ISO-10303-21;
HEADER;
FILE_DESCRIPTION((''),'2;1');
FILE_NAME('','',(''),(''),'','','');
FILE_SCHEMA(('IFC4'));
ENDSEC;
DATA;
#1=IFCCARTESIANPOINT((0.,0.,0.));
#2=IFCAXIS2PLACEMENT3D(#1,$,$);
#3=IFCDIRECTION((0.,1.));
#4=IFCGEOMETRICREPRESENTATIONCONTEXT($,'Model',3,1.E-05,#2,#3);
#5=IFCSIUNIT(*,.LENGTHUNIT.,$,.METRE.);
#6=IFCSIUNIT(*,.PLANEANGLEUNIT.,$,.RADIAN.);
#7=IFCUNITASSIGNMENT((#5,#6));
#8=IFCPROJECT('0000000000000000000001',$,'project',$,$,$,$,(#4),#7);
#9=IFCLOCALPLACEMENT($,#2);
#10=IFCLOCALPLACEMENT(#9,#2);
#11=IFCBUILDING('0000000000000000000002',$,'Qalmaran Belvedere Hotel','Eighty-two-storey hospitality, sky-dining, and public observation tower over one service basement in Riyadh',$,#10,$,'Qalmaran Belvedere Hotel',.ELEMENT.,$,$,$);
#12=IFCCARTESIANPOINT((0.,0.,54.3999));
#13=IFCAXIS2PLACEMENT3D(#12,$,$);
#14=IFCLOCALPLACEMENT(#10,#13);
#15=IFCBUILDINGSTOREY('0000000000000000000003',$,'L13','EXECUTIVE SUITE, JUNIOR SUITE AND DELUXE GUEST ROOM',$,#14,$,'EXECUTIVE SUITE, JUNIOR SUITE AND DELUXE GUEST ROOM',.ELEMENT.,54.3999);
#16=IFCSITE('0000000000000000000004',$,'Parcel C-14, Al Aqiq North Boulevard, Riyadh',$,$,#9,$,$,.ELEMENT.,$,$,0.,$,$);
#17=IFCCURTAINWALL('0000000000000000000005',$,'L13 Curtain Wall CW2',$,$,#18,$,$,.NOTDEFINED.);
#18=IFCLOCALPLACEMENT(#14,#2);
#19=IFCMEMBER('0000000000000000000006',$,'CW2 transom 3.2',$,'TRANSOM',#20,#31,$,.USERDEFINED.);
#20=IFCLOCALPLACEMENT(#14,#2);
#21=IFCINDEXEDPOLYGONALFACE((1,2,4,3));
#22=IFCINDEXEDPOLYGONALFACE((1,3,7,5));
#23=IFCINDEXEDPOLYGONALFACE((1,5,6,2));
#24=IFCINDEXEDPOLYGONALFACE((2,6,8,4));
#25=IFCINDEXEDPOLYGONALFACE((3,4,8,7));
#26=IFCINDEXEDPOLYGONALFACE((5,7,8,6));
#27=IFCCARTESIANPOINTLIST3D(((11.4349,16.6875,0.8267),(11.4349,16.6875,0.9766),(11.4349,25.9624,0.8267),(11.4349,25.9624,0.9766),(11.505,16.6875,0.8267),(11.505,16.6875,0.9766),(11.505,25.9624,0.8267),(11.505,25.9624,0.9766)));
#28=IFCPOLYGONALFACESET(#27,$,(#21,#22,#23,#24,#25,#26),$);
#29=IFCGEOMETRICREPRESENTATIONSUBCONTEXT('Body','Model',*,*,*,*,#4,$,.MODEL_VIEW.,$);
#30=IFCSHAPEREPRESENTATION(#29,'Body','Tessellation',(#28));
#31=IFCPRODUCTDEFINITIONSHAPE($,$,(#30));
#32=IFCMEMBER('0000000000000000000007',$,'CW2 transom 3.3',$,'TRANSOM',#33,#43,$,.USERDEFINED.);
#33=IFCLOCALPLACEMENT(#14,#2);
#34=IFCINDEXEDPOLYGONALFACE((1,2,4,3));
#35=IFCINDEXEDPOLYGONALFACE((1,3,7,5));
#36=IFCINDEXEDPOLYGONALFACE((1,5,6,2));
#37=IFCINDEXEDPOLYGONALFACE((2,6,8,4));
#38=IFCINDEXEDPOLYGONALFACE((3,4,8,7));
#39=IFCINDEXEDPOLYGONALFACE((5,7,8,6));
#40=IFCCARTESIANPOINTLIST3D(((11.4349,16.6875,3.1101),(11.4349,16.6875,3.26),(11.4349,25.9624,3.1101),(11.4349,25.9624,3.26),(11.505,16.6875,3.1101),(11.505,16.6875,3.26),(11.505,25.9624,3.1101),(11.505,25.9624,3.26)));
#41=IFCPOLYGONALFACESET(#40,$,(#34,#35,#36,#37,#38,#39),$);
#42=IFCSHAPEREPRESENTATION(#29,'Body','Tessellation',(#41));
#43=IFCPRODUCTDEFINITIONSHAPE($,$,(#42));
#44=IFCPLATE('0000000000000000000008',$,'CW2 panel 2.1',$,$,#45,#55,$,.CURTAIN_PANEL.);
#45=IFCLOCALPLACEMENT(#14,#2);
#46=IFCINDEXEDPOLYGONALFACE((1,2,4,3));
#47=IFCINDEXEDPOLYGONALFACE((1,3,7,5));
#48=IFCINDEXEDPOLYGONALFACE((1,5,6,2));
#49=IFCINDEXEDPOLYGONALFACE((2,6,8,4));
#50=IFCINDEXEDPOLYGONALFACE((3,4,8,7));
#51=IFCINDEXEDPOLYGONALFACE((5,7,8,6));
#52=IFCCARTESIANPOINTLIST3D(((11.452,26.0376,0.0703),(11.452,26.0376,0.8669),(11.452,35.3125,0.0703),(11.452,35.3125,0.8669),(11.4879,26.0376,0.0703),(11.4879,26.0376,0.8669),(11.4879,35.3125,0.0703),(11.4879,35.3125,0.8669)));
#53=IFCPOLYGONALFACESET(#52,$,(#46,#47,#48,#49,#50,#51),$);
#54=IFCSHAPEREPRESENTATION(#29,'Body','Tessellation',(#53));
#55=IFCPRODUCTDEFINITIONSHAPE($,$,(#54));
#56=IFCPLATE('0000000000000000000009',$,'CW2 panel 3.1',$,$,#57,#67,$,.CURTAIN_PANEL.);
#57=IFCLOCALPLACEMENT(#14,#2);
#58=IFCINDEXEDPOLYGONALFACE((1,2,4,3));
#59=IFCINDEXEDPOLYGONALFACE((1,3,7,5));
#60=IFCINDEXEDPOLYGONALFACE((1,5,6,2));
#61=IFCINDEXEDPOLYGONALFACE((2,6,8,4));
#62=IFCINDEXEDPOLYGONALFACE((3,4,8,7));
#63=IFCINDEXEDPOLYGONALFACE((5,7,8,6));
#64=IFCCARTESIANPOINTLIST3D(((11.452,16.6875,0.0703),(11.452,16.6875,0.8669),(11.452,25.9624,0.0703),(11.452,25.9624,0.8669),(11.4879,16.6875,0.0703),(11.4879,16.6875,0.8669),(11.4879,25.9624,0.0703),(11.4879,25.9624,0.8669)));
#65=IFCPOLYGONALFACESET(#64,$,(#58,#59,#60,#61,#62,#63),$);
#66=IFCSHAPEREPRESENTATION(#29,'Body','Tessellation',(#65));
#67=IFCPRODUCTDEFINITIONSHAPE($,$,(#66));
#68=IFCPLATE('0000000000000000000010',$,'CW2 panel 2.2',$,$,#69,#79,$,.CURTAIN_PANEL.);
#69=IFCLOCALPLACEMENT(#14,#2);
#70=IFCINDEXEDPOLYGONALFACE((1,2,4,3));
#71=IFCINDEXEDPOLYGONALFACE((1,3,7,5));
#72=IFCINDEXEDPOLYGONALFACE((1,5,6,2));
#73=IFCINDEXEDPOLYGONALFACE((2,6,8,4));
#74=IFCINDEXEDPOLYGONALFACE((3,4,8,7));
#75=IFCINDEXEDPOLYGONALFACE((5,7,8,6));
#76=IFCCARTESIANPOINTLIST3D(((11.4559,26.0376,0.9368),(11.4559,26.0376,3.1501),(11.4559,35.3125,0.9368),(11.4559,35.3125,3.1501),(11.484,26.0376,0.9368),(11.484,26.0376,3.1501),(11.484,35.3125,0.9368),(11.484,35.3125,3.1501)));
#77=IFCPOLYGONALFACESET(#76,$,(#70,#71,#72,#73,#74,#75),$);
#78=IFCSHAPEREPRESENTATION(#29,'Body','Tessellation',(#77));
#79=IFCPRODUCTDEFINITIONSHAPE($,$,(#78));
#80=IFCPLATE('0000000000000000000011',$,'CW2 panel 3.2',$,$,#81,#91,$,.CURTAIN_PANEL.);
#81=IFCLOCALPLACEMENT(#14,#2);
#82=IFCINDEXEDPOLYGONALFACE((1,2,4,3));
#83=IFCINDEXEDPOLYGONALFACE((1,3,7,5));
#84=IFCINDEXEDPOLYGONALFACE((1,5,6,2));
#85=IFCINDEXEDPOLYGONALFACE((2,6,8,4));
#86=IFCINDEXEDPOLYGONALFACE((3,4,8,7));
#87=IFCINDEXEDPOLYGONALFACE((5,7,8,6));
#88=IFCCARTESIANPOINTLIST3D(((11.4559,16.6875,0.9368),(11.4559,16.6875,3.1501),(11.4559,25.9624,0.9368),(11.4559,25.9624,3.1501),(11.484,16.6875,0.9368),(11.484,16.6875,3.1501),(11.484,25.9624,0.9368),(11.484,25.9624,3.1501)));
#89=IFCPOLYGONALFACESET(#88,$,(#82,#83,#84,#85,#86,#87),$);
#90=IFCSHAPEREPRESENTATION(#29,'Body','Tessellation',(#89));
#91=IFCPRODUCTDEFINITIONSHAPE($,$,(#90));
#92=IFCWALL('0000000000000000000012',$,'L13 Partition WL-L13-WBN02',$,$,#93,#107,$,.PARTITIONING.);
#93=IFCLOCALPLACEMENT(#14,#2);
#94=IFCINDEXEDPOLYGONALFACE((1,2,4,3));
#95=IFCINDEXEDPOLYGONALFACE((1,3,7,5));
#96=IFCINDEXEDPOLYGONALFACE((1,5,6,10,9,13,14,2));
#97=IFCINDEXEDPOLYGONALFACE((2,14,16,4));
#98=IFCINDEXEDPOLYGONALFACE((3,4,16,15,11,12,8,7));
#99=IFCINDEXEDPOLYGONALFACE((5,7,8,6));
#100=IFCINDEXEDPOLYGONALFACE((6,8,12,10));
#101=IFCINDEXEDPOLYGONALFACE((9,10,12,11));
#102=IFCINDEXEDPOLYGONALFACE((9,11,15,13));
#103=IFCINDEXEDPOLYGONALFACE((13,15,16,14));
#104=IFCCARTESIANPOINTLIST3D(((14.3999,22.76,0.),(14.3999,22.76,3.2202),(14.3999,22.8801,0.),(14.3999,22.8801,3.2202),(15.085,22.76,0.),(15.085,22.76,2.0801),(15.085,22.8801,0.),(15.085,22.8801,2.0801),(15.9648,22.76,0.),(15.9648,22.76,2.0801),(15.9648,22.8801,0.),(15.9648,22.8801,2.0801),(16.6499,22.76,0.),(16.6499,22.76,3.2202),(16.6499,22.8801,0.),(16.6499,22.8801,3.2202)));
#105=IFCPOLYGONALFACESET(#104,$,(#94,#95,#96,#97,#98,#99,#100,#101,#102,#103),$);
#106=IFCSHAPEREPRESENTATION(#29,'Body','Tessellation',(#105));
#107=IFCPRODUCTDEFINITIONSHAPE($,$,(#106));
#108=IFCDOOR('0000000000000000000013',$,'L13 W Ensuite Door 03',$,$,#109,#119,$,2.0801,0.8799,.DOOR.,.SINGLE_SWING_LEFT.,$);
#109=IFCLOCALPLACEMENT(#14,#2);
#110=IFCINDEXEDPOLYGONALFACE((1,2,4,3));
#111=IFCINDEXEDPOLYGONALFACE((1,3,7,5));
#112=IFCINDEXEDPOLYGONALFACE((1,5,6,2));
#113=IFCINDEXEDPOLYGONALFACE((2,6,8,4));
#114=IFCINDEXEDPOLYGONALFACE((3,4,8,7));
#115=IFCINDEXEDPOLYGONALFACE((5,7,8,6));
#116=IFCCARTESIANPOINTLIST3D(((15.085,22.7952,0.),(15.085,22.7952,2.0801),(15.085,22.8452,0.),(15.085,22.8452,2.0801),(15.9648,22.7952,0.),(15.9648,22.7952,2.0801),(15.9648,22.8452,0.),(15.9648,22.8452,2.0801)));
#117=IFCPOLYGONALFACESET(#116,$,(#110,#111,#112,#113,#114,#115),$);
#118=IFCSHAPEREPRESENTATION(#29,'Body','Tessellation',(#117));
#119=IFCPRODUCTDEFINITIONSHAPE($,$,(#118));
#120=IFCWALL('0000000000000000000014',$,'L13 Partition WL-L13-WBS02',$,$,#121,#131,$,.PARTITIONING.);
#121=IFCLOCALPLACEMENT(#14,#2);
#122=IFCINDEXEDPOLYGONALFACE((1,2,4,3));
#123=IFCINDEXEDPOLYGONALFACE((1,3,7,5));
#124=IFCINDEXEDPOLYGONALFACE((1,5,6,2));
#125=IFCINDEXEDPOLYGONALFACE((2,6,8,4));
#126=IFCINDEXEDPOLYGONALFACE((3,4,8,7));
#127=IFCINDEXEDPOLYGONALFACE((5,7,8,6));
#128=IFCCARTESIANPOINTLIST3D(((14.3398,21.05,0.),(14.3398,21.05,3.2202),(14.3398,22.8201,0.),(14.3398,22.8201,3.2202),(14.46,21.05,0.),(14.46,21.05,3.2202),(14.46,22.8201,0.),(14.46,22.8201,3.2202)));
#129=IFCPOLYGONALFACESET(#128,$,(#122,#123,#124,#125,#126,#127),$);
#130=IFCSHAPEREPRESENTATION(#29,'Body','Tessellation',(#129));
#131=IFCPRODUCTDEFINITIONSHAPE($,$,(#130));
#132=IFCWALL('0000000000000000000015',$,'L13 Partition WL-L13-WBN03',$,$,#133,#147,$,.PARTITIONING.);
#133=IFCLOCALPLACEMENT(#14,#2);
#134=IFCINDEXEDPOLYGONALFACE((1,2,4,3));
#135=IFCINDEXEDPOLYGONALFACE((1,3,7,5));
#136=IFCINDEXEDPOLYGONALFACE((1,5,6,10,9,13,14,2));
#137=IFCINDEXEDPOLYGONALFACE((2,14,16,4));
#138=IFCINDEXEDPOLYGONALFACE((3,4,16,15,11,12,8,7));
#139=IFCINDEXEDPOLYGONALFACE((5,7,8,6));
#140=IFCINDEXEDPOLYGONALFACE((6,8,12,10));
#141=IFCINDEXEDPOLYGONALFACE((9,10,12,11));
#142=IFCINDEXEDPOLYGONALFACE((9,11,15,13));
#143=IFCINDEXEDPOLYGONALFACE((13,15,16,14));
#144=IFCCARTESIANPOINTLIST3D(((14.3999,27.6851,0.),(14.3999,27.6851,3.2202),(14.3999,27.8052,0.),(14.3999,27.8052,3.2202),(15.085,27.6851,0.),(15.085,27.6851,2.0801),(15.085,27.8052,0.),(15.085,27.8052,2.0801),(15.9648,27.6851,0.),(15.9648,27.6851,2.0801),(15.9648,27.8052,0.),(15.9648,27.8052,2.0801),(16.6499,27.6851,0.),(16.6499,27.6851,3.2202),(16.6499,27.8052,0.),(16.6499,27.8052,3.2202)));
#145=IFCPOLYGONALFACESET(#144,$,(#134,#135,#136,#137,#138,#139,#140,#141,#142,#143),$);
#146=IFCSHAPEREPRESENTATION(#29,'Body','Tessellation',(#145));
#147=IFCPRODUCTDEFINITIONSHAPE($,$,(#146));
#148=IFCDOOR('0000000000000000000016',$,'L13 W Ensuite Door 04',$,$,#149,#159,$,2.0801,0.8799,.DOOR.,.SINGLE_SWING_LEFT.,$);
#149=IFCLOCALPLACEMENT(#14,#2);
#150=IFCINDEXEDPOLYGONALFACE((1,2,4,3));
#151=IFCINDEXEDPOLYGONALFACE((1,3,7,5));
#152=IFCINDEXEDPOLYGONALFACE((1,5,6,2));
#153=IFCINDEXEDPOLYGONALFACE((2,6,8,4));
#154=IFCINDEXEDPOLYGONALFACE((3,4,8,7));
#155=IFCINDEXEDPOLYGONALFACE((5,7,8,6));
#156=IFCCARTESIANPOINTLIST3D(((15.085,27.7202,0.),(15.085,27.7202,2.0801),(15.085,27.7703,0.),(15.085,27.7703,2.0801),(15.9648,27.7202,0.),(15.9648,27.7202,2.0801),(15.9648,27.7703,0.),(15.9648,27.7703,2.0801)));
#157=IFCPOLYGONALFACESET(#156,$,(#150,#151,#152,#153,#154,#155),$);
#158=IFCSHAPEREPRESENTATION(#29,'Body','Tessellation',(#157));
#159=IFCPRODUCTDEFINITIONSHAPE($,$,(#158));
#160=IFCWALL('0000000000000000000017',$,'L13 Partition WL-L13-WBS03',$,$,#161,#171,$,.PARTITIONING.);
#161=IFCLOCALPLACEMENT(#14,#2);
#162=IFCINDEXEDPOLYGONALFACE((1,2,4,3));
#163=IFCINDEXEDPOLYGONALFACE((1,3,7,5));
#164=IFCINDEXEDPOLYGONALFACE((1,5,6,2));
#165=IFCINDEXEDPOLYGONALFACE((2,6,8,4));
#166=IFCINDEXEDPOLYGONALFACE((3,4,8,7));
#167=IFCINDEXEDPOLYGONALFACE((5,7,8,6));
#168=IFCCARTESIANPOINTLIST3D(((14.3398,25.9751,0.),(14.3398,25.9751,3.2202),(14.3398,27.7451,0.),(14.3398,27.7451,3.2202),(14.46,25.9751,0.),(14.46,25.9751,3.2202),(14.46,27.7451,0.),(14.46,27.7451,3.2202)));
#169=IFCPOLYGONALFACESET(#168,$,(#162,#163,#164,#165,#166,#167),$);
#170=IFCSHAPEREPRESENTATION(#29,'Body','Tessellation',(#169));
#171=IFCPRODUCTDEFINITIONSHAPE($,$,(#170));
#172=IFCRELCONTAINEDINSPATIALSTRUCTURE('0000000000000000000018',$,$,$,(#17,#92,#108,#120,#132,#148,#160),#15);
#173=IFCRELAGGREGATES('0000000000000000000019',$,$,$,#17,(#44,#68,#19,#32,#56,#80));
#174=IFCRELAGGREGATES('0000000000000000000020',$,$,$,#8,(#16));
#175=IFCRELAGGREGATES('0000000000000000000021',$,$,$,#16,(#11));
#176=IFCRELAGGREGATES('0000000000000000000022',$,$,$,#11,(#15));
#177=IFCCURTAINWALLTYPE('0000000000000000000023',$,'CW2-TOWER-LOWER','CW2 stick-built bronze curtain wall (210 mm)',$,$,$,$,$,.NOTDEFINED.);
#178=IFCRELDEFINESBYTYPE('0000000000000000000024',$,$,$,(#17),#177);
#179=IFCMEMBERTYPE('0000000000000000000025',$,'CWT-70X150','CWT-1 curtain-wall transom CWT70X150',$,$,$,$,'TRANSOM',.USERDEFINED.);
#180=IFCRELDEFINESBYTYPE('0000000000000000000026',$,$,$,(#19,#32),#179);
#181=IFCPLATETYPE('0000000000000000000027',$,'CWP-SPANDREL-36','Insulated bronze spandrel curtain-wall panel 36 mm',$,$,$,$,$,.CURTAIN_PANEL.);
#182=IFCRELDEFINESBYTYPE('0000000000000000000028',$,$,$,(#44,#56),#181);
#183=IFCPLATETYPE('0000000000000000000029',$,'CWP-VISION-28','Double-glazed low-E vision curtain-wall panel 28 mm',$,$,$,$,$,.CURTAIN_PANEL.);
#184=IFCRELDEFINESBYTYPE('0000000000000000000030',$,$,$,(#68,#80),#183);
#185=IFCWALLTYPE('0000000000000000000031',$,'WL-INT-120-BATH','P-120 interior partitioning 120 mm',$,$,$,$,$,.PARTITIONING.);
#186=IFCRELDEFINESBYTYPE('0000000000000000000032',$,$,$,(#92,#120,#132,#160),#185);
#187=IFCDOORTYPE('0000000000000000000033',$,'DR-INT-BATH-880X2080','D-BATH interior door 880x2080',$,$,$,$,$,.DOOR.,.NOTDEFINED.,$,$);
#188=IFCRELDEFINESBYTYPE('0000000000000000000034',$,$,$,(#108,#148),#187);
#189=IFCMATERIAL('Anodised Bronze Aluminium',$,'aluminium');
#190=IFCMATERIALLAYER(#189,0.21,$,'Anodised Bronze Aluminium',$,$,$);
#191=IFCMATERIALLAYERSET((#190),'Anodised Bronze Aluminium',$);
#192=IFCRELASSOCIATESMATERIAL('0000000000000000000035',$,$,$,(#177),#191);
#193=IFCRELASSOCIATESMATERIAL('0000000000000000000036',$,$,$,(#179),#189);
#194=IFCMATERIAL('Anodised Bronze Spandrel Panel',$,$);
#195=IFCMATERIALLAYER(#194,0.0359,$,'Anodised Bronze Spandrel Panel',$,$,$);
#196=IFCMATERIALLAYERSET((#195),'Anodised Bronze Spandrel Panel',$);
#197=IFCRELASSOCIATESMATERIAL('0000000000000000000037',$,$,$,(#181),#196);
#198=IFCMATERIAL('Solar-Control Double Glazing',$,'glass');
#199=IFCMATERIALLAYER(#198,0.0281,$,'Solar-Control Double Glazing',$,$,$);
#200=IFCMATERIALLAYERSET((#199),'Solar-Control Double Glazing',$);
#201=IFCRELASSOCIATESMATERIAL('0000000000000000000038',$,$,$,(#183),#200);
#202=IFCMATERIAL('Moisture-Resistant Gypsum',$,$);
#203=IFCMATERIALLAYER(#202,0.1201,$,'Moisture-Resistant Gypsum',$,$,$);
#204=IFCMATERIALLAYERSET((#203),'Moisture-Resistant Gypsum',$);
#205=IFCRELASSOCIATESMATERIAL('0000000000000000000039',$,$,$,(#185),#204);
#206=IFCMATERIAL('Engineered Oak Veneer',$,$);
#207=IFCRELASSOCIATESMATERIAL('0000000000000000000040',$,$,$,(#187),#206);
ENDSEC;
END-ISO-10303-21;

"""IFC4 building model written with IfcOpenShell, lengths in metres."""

from ifc_helpers import new_model, si_unit, direction, frame, frame_2d, origin, origin_2d, place, context, subcontext, project, spatial, rectangle, extrude, material, layer, layer_set, material_profile, profile_set, type_object, element, fill, aggregate, save


model = new_model("IFC4")

# Units and contexts
model_context = context("Model", 3, precision=1e-05, world=origin(), true_north=direction((0.0, 1.0)))
body_context = subcontext(model_context, "Body", "Model", "MODEL_VIEW")
ifc_project = project(units=[si_unit("LENGTHUNIT", "METRE"), si_unit("PLANEANGLEUNIT", "RADIAN")], contexts=[model_context])

# Site, building, storey
site_placement = place(None, origin())
site = spatial("IfcSite", under=ifc_project, at=site_placement, Name="Parcel C-14, Al Aqiq North Boulevard, Riyadh", CompositionType="ELEMENT", RefElevation=0.0)
building_placement = place(site_placement, origin())
building = spatial("IfcBuilding", under=site, at=building_placement, Name="Qalmaran Belvedere Hotel", Description="Eighty-two-storey hospitality, sky-dining, and public observation tower over one service basement in Riyadh", LongName="Qalmaran Belvedere Hotel", CompositionType="ELEMENT")
storey_placement = place(building_placement, frame((0.0, 0.0, 54.3999)))
storey = spatial("IfcBuildingStorey", under=building, at=storey_placement, Name="L13", Description="EXECUTIVE SUITE, JUNIOR SUITE AND DELUXE GUEST ROOM", LongName="EXECUTIVE SUITE, JUNIOR SUITE AND DELUXE GUEST ROOM", CompositionType="ELEMENT", Elevation=54.3999)

# Curtain wall, members, plates
ifc_material_1 = material(Name="Anodised Bronze Aluminium", Category="aluminium")
ifc_layer_1 = layer(ifc_material_1, 0.21, Name="Anodised Bronze Aluminium")
ifc_layer_set_1 = layer_set([ifc_layer_1], Name="Anodised Bronze Aluminium")
curtain_wall_type = type_object("IfcCurtainWallType", Name="CW2-TOWER-LOWER", Description="CW2 stick-built bronze curtain wall (210 mm)", PredefinedType="NOTDEFINED", material=ifc_layer_set_1)
curtain_wall_placement = place(storey_placement, origin())
curtain_wall = element("IfcCurtainWall", 1, at=curtain_wall_placement, inside=storey, type_object=curtain_wall_type, Name="L13 Curtain Wall CW2", PredefinedType="NOTDEFINED")
ifc_material_profile_1 = material_profile(ifc_material_1, rectangle(XDim=0.0701, YDim=0.1499, at=origin_2d()), Name="CWT70X150")
ifc_profile_set_1 = profile_set([ifc_material_profile_1], Name="Anodised Bronze Aluminium")
member_type_1 = type_object("IfcMemberType", Name="CWT-70X150", Description="CWT-1 curtain-wall transom CWT70X150", ElementType="TRANSOM", PredefinedType="USERDEFINED", material=ifc_profile_set_1)
member_1_placement = place(storey_placement, frame((11.47, 25.9624, 0.9016), z_axis=(0.0, -1.0, 0.0), x_axis=(1.0, 0.0, 0.0)))
member_1 = element("IfcMember", 2, at=member_1_placement, type_object=member_type_1, Name="CW2 transom 3.2", ObjectType="TRANSOM", PredefinedType="USERDEFINED", context=body_context, shape_type="SweptSolid", body=[
    extrude(rectangle(XDim=0.0701, YDim=0.1499, at=origin_2d()), origin(), (0.0, 0.0, 1.0), 9.2749),
])
member_2_placement = place(storey_placement, frame((11.47, 25.9624, 3.1851), z_axis=(0.0, -1.0, 0.0), x_axis=(1.0, 0.0, 0.0)))
member_2 = element("IfcMember", 3, at=member_2_placement, type_object=member_type_1, Name="CW2 transom 3.3", ObjectType="TRANSOM", PredefinedType="USERDEFINED", context=body_context, shape_type="SweptSolid", body=[
    extrude(rectangle(XDim=0.0701, YDim=0.1499, at=origin_2d()), origin(), (0.0, 0.0, 1.0), 9.2749),
])
ifc_material_2 = material(Name="Anodised Bronze Spandrel Panel")
ifc_layer_2 = layer(ifc_material_2, 0.0359, Name="Anodised Bronze Spandrel Panel")
ifc_layer_set_2 = layer_set([ifc_layer_2], Name="Anodised Bronze Spandrel Panel")
plate_type_1 = type_object("IfcPlateType", Name="CWP-SPANDREL-36", Description="Insulated bronze spandrel curtain-wall panel 36 mm", PredefinedType="CURTAIN_PANEL", material=ifc_layer_set_2)
plate_1_placement = place(storey_placement, frame((11.47, 30.675, 0.0703), z_axis=(0.0, 0.0, 1.0), x_axis=(0.0, -1.0, 0.0)))
plate_1 = element("IfcPlate", 4, at=plate_1_placement, type_object=plate_type_1, Name="CW2 panel 2.1", PredefinedType="CURTAIN_PANEL", context=body_context, shape_type="SweptSolid", body=[
    extrude(rectangle(XDim=9.2749, YDim=0.0359, at=origin_2d()), origin(), (0.0, 0.0, 1.0), 0.7966),
])
plate_2_placement = place(storey_placement, frame((11.47, 21.325, 0.0703), z_axis=(0.0, 0.0, 1.0), x_axis=(0.0, -1.0, 0.0)))
plate_2 = element("IfcPlate", 5, at=plate_2_placement, type_object=plate_type_1, Name="CW2 panel 3.1", PredefinedType="CURTAIN_PANEL", context=body_context, shape_type="SweptSolid", body=[
    extrude(rectangle(XDim=9.2749, YDim=0.0359, at=origin_2d()), origin(), (0.0, 0.0, 1.0), 0.7966),
])
ifc_material_3 = material(Name="Solar-Control Double Glazing", Category="glass")
ifc_layer_3 = layer(ifc_material_3, 0.0281, Name="Solar-Control Double Glazing")
ifc_layer_set_3 = layer_set([ifc_layer_3], Name="Solar-Control Double Glazing")
plate_type_2 = type_object("IfcPlateType", Name="CWP-VISION-28", Description="Double-glazed low-E vision curtain-wall panel 28 mm", PredefinedType="CURTAIN_PANEL", material=ifc_layer_set_3)
plate_3_placement = place(storey_placement, frame((11.47, 30.675, 0.9368), z_axis=(0.0, 0.0, 1.0), x_axis=(0.0, -1.0, 0.0)))
plate_3 = element("IfcPlate", 6, at=plate_3_placement, type_object=plate_type_2, Name="CW2 panel 2.2", PredefinedType="CURTAIN_PANEL", context=body_context, shape_type="SweptSolid", body=[
    extrude(rectangle(XDim=9.2749, YDim=0.0281, at=origin_2d()), origin(), (0.0, 0.0, 1.0), 2.2134),
])
plate_4_placement = place(storey_placement, frame((11.47, 21.325, 0.9368), z_axis=(0.0, 0.0, 1.0), x_axis=(0.0, -1.0, 0.0)))
plate_4 = element("IfcPlate", 7, at=plate_4_placement, type_object=plate_type_2, Name="CW2 panel 3.2", PredefinedType="CURTAIN_PANEL", context=body_context, shape_type="SweptSolid", body=[
    extrude(rectangle(XDim=9.2749, YDim=0.0281, at=origin_2d()), origin(), (0.0, 0.0, 1.0), 2.2134),
])
aggregate(curtain_wall, [plate_1, plate_3, member_1, member_2, plate_2, plate_4])

# Wall, opening, door
ifc_material_4 = material(Name="Moisture-Resistant Gypsum")
ifc_layer_4 = layer(ifc_material_4, 0.1201, Name="Moisture-Resistant Gypsum")
ifc_layer_set_4 = layer_set([ifc_layer_4], Name="Moisture-Resistant Gypsum")
wall_type_1 = type_object("IfcWallType", Name="WL-INT-120-BATH", Description="P-120 interior partitioning 120 mm", PredefinedType="PARTITIONING", material=ifc_layer_set_4)
wall_1_placement = place(storey_placement, frame((14.3999, 22.8201, 0.0), z_axis=(0.0, 0.0, 1.0), x_axis=(1.0, 0.0, 0.0)))
wall_1 = element("IfcWall", 8, at=wall_1_placement, inside=storey, type_object=wall_type_1, Name="L13 Partition WL-L13-WBN02", PredefinedType="PARTITIONING", context=body_context, shape_type="SweptSolid", body=[
    extrude(rectangle(XDim=2.25, YDim=0.1201, at=frame_2d((1.125, 0.0))), origin(), (0.0, 0.0, 1.0), 3.2202),
])
opening_1_placement = place(wall_1_placement, frame((1.5649, 0.0, 0.0), z_axis=(0.0, 0.0, 1.0), x_axis=(-1.0, 0.0, 0.0)))
opening_1 = element("IfcOpeningElement", 9, at=opening_1_placement, cuts=wall_1, PredefinedType="OPENING", context=body_context, shape_type="SweptSolid", body=[
    extrude(rectangle(XDim=0.8799, YDim=2.0801, at=frame_2d((0.4399, 1.04))), frame((0.0, 0.0701, 0.0), z_axis=(0.0, -1.0, 0.0), x_axis=(1.0, 0.0, 0.0)), (0.0, 0.0, 1.0), 0.1401),
])
ifc_material_5 = material(Name="Engineered Oak Veneer")
door_type_1 = type_object("IfcDoorType", Name="DR-INT-BATH-880X2080", Description="D-BATH interior door 880x2080", OperationType="NOTDEFINED", PredefinedType="DOOR", material=ifc_material_5)
door_1_placement = place(opening_1_placement, origin())
door_1 = element("IfcDoor", 10, at=door_1_placement, inside=storey, type_object=door_type_1, Name="L13 W Ensuite Door 03", OperationType="SINGLE_SWING_LEFT", OverallHeight=2.0801, OverallWidth=0.8799, PredefinedType="DOOR", context=body_context, shape_type="SweptSolid", body=[
    extrude(rectangle(XDim=0.8799, YDim=2.0801, at=frame_2d((0.4399, 1.04))), frame((0.0, 0.0249, 0.0), z_axis=(0.0, -1.0, 0.0), x_axis=(1.0, 0.0, 0.0)), (0.0, 0.0, 1.0), 0.05),
])
fill(opening_1, door_1)

# Wall
wall_2_placement = place(storey_placement, frame((14.3999, 21.05, 0.0), z_axis=(0.0, 0.0, 1.0), x_axis=(0.0, 1.0, 0.0)))
element("IfcWall", 11, at=wall_2_placement, inside=storey, type_object=wall_type_1, Name="L13 Partition WL-L13-WBS02", PredefinedType="PARTITIONING", context=body_context, shape_type="SweptSolid", body=[
    extrude(rectangle(XDim=1.77, YDim=0.1201, at=frame_2d((0.885, 0.0))), origin(), (0.0, 0.0, 1.0), 3.2202),
])

# Wall, opening, door
wall_3_placement = place(storey_placement, frame((14.3999, 27.7451, 0.0), z_axis=(0.0, 0.0, 1.0), x_axis=(1.0, 0.0, 0.0)))
wall_3 = element("IfcWall", 12, at=wall_3_placement, inside=storey, type_object=wall_type_1, Name="L13 Partition WL-L13-WBN03", PredefinedType="PARTITIONING", context=body_context, shape_type="SweptSolid", body=[
    extrude(rectangle(XDim=2.25, YDim=0.1201, at=frame_2d((1.125, 0.0))), origin(), (0.0, 0.0, 1.0), 3.2202),
])
opening_2_placement = place(wall_3_placement, frame((1.5649, 0.0, 0.0), z_axis=(0.0, 0.0, 1.0), x_axis=(-1.0, 0.0, 0.0)))
opening_2 = element("IfcOpeningElement", 13, at=opening_2_placement, cuts=wall_3, PredefinedType="OPENING", context=body_context, shape_type="SweptSolid", body=[
    extrude(rectangle(XDim=0.8799, YDim=2.0801, at=frame_2d((0.4399, 1.04))), frame((0.0, 0.0701, 0.0), z_axis=(0.0, -1.0, 0.0), x_axis=(1.0, 0.0, 0.0)), (0.0, 0.0, 1.0), 0.1401),
])
door_2_placement = place(opening_2_placement, origin())
door_2 = element("IfcDoor", 14, at=door_2_placement, inside=storey, type_object=door_type_1, Name="L13 W Ensuite Door 04", OperationType="SINGLE_SWING_LEFT", OverallHeight=2.0801, OverallWidth=0.8799, PredefinedType="DOOR", context=body_context, shape_type="SweptSolid", body=[
    extrude(rectangle(XDim=0.8799, YDim=2.0801, at=frame_2d((0.4399, 1.04))), frame((0.0, 0.0249, 0.0), z_axis=(0.0, -1.0, 0.0), x_axis=(1.0, 0.0, 0.0)), (0.0, 0.0, 1.0), 0.05),
])
fill(opening_2, door_2)

# Wall
wall_4_placement = place(storey_placement, frame((14.3999, 25.9751, 0.0), z_axis=(0.0, 0.0, 1.0), x_axis=(0.0, 1.0, 0.0)))
element("IfcWall", 15, at=wall_4_placement, inside=storey, type_object=wall_type_1, Name="L13 Partition WL-L13-WBS03", PredefinedType="PARTITIONING", context=body_context, shape_type="SweptSolid", body=[
    extrude(rectangle(XDim=1.77, YDim=0.1201, at=frame_2d((0.885, 0.0))), origin(), (0.0, 0.0, 1.0), 3.2202),
])

save(model, "model.ifc")
